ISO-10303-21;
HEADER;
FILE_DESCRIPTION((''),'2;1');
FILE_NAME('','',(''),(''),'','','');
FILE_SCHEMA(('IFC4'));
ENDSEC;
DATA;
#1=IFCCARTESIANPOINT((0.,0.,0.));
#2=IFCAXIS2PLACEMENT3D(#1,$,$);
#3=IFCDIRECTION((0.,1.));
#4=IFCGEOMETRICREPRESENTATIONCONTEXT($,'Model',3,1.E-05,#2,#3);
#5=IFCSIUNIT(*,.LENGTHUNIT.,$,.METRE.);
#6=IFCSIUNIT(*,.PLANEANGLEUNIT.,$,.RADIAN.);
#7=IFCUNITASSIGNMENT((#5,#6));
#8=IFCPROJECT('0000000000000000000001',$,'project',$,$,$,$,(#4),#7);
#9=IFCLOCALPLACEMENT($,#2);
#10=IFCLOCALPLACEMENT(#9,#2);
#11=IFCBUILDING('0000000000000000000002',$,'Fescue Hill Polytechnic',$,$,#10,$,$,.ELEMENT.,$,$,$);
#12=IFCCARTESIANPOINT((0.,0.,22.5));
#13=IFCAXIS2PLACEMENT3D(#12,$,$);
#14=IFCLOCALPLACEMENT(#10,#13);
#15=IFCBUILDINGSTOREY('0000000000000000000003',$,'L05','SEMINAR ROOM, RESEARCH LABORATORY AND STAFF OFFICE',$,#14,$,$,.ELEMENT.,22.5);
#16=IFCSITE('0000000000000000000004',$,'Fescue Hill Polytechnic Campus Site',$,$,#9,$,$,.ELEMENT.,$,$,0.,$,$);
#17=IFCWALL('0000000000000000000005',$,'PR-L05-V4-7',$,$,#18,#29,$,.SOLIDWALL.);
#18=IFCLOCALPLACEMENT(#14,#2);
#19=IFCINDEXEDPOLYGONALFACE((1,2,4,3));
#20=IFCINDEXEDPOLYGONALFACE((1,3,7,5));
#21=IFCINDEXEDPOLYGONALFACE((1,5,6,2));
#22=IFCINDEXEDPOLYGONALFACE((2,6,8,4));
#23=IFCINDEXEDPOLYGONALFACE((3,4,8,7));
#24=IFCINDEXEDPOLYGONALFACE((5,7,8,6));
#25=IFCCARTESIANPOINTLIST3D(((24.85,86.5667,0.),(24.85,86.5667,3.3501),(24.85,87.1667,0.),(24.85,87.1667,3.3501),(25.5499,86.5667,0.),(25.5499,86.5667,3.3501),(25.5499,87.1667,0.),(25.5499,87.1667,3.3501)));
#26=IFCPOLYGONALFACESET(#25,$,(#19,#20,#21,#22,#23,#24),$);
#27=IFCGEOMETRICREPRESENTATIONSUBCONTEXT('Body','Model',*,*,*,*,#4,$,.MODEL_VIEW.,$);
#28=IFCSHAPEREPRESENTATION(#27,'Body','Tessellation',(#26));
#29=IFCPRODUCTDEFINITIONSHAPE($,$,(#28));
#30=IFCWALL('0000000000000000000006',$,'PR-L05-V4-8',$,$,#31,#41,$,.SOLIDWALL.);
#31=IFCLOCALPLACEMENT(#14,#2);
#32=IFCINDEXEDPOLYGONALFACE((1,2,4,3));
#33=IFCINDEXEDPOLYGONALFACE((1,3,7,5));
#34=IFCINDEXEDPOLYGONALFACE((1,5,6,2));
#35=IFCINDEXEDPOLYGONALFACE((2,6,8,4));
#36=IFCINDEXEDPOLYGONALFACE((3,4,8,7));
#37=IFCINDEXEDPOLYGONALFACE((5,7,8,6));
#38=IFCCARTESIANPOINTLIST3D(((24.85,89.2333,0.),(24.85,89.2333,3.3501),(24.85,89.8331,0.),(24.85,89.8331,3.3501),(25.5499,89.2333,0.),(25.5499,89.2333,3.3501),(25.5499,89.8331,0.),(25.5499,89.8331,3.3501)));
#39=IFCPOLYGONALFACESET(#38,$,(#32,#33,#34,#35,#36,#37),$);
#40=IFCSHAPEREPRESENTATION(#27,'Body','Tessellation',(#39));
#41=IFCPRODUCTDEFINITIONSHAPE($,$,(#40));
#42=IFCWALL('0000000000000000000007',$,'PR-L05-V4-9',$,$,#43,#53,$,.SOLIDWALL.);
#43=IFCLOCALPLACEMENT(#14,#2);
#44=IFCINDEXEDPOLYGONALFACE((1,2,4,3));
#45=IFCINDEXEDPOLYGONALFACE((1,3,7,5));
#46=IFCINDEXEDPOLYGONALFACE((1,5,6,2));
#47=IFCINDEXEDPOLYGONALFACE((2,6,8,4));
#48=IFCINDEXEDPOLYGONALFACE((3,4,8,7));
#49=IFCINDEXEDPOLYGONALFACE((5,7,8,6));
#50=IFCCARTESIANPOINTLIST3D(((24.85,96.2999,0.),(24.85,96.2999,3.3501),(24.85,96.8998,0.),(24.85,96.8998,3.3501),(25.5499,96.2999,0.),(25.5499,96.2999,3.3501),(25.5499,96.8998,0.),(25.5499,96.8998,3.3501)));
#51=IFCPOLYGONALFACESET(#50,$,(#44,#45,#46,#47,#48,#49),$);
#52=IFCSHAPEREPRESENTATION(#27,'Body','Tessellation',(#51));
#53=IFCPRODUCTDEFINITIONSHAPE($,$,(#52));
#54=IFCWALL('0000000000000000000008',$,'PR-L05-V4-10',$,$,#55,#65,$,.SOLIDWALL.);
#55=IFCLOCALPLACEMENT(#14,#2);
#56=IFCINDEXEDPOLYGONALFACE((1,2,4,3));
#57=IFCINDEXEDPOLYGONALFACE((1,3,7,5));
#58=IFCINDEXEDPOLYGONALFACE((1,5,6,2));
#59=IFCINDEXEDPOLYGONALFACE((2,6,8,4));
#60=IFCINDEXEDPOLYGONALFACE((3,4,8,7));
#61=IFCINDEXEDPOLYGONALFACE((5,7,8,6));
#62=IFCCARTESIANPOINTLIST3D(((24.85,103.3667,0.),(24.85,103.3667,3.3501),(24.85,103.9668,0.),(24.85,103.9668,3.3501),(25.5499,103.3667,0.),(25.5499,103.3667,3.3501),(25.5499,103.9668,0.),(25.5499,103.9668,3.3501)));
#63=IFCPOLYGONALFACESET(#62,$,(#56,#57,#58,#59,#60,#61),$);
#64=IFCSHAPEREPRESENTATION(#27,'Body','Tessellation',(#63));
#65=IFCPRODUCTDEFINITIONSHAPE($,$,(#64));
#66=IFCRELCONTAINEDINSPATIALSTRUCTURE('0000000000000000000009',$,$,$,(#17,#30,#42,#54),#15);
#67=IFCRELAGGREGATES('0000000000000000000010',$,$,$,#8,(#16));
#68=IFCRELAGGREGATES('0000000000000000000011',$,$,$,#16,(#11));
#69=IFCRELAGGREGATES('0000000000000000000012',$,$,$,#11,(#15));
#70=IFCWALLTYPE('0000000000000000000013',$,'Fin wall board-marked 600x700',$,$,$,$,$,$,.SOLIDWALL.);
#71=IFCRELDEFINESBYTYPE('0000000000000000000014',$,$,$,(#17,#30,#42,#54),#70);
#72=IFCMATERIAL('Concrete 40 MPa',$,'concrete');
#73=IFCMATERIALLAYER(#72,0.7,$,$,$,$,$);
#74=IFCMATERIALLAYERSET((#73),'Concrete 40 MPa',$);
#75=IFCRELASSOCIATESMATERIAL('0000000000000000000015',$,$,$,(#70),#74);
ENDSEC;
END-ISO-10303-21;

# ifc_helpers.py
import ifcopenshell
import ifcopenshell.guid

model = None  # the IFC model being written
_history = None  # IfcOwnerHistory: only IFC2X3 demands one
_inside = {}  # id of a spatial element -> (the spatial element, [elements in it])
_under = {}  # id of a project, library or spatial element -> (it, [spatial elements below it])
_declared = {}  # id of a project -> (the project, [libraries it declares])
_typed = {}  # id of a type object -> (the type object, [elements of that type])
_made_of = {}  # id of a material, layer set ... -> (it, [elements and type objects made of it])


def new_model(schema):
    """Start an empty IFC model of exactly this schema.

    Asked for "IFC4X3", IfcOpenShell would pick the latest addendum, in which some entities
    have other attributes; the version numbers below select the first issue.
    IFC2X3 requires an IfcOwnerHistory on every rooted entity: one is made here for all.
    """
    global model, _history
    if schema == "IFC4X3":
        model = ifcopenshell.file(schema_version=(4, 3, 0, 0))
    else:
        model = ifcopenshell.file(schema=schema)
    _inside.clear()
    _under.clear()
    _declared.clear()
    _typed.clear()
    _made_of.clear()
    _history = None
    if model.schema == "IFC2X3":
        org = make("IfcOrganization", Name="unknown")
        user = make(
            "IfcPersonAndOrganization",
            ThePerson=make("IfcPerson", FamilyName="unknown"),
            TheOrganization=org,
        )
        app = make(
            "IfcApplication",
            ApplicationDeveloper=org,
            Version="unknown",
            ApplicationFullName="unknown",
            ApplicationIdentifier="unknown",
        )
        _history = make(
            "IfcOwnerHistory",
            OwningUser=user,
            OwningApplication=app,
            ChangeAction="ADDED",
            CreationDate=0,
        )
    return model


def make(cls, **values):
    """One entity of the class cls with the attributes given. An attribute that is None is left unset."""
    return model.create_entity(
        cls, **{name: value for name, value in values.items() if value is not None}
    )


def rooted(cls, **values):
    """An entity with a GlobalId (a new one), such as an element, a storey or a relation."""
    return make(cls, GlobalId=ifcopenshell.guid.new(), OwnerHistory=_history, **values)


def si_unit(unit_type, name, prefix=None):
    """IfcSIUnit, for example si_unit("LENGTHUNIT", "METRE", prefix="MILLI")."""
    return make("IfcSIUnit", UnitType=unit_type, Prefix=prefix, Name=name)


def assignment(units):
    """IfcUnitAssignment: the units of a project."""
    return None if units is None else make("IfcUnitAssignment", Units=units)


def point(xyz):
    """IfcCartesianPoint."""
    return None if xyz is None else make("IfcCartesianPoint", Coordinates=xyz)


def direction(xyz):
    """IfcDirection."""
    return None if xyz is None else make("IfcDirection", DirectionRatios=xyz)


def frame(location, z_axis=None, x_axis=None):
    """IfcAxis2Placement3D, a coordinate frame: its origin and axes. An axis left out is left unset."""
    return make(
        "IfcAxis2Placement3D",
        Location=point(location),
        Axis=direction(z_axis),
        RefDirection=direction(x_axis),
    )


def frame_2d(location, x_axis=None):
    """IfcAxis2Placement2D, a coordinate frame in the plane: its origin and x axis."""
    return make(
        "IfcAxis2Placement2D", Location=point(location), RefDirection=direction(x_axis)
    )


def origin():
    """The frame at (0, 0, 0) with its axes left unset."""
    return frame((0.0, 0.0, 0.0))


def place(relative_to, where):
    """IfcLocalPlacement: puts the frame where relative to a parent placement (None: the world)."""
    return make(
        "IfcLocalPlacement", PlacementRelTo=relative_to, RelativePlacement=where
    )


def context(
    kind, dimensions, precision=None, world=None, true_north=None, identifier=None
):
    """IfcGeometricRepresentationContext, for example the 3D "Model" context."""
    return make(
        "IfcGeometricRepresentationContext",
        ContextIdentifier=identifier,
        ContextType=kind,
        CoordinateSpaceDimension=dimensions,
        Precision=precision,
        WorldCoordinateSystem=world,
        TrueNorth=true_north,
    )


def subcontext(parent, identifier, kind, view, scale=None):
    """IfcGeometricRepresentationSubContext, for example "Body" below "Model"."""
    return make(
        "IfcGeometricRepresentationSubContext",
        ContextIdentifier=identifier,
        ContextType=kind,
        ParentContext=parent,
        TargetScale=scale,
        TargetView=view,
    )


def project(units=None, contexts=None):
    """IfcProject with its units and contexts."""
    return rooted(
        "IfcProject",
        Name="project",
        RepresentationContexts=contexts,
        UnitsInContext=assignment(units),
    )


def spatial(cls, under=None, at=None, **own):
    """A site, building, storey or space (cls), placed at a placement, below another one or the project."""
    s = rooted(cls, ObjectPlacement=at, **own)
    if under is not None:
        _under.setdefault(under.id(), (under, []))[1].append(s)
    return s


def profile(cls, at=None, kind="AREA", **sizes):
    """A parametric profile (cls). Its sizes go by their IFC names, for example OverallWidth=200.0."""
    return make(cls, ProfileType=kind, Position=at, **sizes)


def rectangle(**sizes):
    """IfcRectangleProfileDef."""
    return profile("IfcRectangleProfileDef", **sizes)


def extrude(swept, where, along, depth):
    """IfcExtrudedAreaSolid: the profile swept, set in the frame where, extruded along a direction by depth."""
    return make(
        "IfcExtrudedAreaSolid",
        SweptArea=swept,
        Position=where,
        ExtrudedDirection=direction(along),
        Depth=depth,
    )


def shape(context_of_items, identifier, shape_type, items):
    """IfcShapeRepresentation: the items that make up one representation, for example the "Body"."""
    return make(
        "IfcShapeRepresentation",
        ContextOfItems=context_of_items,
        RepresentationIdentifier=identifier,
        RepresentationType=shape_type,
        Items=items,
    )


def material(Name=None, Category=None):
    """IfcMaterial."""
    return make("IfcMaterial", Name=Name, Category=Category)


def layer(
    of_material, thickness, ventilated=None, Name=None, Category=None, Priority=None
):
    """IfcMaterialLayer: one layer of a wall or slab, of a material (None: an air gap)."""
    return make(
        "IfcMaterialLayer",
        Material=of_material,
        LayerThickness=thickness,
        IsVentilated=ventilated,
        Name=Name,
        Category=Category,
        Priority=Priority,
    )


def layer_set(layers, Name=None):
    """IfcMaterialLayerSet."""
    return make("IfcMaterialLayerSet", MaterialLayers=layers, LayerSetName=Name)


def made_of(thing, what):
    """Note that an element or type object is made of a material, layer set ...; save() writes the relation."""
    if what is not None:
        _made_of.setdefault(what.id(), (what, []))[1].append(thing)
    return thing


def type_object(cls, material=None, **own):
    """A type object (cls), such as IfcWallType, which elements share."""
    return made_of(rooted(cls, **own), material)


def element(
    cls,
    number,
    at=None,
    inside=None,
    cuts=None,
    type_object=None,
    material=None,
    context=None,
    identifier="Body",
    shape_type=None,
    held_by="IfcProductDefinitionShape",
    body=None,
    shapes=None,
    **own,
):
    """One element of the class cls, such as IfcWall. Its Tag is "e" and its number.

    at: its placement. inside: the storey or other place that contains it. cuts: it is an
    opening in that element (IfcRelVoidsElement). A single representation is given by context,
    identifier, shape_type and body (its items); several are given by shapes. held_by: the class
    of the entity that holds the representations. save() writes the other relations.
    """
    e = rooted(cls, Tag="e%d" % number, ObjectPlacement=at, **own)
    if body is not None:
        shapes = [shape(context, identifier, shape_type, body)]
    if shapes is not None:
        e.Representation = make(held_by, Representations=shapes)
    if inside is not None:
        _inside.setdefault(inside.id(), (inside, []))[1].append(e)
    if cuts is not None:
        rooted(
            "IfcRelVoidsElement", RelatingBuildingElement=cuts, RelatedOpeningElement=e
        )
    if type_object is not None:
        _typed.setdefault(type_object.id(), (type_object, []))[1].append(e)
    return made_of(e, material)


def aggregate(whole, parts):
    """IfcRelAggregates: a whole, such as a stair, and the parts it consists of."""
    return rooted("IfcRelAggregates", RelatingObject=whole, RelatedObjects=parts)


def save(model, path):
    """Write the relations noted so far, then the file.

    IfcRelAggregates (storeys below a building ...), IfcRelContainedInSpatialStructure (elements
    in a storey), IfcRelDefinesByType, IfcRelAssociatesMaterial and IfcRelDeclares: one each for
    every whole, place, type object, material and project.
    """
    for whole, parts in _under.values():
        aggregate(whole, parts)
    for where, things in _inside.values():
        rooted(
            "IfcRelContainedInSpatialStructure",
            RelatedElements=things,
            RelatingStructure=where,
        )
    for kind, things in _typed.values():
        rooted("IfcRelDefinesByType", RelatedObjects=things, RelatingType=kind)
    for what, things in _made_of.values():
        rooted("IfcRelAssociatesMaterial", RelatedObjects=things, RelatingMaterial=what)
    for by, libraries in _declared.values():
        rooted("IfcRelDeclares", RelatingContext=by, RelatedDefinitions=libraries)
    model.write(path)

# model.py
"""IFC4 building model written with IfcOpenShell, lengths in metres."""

from ifc_helpers import new_model, si_unit, direction, frame, frame_2d, origin, place, context, subcontext, project, spatial, rectangle, extrude, material, layer, layer_set, type_object, element, save


model = new_model("IFC4")

# Units and contexts
model_context = context("Model", 3, precision=1e-05, world=origin(), true_north=direction((0.0, 1.0)))
body_context = subcontext(model_context, "Body", "Model", "MODEL_VIEW")
ifc_project = project(units=[si_unit("LENGTHUNIT", "METRE"), si_unit("PLANEANGLEUNIT", "RADIAN")], contexts=[model_context])

# Site, building, storey
site_placement = place(None, origin())
site = spatial("IfcSite", under=ifc_project, at=site_placement, Name="Fescue Hill Polytechnic Campus Site", CompositionType="ELEMENT", RefElevation=0.0)
building_placement = place(site_placement, origin())
building = spatial("IfcBuilding", under=site, at=building_placement, Name="Fescue Hill Polytechnic", CompositionType="ELEMENT")
storey_placement = place(building_placement, frame((0.0, 0.0, 22.5)))
storey = spatial("IfcBuildingStorey", under=building, at=storey_placement, Name="L05", Description="SEMINAR ROOM, RESEARCH LABORATORY AND STAFF OFFICE", CompositionType="ELEMENT", Elevation=22.5)

# Shared definitions
ifc_material_1 = material(Name="Concrete 40 MPa", Category="concrete")

# Walls
ifc_layer_1 = layer(ifc_material_1, 0.7)
ifc_layer_set_1 = layer_set([ifc_layer_1], Name="Concrete 40 MPa")
wall_type_1 = type_object("IfcWallType", Name="Fin wall board-marked 600x700", PredefinedType="SOLIDWALL", material=ifc_layer_set_1)
wall_1_placement = place(storey_placement, frame((25.2, 86.5667, 0.0), z_axis=(0.0, 0.0, 1.0), x_axis=(0.0, 1.0, 0.0)))
element("IfcWall", 1, at=wall_1_placement, inside=storey, type_object=wall_type_1, Name="PR-L05-V4-7", PredefinedType="SOLIDWALL", context=body_context, shape_type="SweptSolid", body=[
    extrude(rectangle(XDim=0.6001, YDim=0.7, at=frame_2d((0.3, 0.0))), origin(), (0.0, 0.0, 1.0), 3.3501),
])
for number, where, z_axis, x_axis, name in (
    (2, (25.2, 89.2334, 0.0), (0.0, 0.0, 1.0), (0.0, 1.0, 0.0), "PR-L05-V4-8"),
    (3, (25.2, 96.3, 0.0), (0.0, 0.0, 1.0), (0.0, 1.0, 0.0), "PR-L05-V4-9"),
):
    element("IfcWall", number, at=place(storey_placement, frame(where, z_axis=z_axis, x_axis=x_axis)), inside=storey, type_object=wall_type_1, Name=name, PredefinedType="SOLIDWALL", context=body_context, shape_type="SweptSolid", body=[
        extrude(rectangle(XDim=0.5999, YDim=0.7, at=frame_2d((0.2998, 0.0))), origin(), (0.0, 0.0, 1.0), 3.3501),
    ])
wall_2_placement = place(storey_placement, frame((25.2, 103.3667, 0.0), z_axis=(0.0, 0.0, 1.0), x_axis=(0.0, 1.0, 0.0)))
element("IfcWall", 4, at=wall_2_placement, inside=storey, type_object=wall_type_1, Name="PR-L05-V4-10", PredefinedType="SOLIDWALL", context=body_context, shape_type="SweptSolid", body=[
    extrude(rectangle(XDim=0.6001, YDim=0.7, at=frame_2d((0.3, 0.0))), origin(), (0.0, 0.0, 1.0), 3.3501),
])

save(model, "model.ifc")
